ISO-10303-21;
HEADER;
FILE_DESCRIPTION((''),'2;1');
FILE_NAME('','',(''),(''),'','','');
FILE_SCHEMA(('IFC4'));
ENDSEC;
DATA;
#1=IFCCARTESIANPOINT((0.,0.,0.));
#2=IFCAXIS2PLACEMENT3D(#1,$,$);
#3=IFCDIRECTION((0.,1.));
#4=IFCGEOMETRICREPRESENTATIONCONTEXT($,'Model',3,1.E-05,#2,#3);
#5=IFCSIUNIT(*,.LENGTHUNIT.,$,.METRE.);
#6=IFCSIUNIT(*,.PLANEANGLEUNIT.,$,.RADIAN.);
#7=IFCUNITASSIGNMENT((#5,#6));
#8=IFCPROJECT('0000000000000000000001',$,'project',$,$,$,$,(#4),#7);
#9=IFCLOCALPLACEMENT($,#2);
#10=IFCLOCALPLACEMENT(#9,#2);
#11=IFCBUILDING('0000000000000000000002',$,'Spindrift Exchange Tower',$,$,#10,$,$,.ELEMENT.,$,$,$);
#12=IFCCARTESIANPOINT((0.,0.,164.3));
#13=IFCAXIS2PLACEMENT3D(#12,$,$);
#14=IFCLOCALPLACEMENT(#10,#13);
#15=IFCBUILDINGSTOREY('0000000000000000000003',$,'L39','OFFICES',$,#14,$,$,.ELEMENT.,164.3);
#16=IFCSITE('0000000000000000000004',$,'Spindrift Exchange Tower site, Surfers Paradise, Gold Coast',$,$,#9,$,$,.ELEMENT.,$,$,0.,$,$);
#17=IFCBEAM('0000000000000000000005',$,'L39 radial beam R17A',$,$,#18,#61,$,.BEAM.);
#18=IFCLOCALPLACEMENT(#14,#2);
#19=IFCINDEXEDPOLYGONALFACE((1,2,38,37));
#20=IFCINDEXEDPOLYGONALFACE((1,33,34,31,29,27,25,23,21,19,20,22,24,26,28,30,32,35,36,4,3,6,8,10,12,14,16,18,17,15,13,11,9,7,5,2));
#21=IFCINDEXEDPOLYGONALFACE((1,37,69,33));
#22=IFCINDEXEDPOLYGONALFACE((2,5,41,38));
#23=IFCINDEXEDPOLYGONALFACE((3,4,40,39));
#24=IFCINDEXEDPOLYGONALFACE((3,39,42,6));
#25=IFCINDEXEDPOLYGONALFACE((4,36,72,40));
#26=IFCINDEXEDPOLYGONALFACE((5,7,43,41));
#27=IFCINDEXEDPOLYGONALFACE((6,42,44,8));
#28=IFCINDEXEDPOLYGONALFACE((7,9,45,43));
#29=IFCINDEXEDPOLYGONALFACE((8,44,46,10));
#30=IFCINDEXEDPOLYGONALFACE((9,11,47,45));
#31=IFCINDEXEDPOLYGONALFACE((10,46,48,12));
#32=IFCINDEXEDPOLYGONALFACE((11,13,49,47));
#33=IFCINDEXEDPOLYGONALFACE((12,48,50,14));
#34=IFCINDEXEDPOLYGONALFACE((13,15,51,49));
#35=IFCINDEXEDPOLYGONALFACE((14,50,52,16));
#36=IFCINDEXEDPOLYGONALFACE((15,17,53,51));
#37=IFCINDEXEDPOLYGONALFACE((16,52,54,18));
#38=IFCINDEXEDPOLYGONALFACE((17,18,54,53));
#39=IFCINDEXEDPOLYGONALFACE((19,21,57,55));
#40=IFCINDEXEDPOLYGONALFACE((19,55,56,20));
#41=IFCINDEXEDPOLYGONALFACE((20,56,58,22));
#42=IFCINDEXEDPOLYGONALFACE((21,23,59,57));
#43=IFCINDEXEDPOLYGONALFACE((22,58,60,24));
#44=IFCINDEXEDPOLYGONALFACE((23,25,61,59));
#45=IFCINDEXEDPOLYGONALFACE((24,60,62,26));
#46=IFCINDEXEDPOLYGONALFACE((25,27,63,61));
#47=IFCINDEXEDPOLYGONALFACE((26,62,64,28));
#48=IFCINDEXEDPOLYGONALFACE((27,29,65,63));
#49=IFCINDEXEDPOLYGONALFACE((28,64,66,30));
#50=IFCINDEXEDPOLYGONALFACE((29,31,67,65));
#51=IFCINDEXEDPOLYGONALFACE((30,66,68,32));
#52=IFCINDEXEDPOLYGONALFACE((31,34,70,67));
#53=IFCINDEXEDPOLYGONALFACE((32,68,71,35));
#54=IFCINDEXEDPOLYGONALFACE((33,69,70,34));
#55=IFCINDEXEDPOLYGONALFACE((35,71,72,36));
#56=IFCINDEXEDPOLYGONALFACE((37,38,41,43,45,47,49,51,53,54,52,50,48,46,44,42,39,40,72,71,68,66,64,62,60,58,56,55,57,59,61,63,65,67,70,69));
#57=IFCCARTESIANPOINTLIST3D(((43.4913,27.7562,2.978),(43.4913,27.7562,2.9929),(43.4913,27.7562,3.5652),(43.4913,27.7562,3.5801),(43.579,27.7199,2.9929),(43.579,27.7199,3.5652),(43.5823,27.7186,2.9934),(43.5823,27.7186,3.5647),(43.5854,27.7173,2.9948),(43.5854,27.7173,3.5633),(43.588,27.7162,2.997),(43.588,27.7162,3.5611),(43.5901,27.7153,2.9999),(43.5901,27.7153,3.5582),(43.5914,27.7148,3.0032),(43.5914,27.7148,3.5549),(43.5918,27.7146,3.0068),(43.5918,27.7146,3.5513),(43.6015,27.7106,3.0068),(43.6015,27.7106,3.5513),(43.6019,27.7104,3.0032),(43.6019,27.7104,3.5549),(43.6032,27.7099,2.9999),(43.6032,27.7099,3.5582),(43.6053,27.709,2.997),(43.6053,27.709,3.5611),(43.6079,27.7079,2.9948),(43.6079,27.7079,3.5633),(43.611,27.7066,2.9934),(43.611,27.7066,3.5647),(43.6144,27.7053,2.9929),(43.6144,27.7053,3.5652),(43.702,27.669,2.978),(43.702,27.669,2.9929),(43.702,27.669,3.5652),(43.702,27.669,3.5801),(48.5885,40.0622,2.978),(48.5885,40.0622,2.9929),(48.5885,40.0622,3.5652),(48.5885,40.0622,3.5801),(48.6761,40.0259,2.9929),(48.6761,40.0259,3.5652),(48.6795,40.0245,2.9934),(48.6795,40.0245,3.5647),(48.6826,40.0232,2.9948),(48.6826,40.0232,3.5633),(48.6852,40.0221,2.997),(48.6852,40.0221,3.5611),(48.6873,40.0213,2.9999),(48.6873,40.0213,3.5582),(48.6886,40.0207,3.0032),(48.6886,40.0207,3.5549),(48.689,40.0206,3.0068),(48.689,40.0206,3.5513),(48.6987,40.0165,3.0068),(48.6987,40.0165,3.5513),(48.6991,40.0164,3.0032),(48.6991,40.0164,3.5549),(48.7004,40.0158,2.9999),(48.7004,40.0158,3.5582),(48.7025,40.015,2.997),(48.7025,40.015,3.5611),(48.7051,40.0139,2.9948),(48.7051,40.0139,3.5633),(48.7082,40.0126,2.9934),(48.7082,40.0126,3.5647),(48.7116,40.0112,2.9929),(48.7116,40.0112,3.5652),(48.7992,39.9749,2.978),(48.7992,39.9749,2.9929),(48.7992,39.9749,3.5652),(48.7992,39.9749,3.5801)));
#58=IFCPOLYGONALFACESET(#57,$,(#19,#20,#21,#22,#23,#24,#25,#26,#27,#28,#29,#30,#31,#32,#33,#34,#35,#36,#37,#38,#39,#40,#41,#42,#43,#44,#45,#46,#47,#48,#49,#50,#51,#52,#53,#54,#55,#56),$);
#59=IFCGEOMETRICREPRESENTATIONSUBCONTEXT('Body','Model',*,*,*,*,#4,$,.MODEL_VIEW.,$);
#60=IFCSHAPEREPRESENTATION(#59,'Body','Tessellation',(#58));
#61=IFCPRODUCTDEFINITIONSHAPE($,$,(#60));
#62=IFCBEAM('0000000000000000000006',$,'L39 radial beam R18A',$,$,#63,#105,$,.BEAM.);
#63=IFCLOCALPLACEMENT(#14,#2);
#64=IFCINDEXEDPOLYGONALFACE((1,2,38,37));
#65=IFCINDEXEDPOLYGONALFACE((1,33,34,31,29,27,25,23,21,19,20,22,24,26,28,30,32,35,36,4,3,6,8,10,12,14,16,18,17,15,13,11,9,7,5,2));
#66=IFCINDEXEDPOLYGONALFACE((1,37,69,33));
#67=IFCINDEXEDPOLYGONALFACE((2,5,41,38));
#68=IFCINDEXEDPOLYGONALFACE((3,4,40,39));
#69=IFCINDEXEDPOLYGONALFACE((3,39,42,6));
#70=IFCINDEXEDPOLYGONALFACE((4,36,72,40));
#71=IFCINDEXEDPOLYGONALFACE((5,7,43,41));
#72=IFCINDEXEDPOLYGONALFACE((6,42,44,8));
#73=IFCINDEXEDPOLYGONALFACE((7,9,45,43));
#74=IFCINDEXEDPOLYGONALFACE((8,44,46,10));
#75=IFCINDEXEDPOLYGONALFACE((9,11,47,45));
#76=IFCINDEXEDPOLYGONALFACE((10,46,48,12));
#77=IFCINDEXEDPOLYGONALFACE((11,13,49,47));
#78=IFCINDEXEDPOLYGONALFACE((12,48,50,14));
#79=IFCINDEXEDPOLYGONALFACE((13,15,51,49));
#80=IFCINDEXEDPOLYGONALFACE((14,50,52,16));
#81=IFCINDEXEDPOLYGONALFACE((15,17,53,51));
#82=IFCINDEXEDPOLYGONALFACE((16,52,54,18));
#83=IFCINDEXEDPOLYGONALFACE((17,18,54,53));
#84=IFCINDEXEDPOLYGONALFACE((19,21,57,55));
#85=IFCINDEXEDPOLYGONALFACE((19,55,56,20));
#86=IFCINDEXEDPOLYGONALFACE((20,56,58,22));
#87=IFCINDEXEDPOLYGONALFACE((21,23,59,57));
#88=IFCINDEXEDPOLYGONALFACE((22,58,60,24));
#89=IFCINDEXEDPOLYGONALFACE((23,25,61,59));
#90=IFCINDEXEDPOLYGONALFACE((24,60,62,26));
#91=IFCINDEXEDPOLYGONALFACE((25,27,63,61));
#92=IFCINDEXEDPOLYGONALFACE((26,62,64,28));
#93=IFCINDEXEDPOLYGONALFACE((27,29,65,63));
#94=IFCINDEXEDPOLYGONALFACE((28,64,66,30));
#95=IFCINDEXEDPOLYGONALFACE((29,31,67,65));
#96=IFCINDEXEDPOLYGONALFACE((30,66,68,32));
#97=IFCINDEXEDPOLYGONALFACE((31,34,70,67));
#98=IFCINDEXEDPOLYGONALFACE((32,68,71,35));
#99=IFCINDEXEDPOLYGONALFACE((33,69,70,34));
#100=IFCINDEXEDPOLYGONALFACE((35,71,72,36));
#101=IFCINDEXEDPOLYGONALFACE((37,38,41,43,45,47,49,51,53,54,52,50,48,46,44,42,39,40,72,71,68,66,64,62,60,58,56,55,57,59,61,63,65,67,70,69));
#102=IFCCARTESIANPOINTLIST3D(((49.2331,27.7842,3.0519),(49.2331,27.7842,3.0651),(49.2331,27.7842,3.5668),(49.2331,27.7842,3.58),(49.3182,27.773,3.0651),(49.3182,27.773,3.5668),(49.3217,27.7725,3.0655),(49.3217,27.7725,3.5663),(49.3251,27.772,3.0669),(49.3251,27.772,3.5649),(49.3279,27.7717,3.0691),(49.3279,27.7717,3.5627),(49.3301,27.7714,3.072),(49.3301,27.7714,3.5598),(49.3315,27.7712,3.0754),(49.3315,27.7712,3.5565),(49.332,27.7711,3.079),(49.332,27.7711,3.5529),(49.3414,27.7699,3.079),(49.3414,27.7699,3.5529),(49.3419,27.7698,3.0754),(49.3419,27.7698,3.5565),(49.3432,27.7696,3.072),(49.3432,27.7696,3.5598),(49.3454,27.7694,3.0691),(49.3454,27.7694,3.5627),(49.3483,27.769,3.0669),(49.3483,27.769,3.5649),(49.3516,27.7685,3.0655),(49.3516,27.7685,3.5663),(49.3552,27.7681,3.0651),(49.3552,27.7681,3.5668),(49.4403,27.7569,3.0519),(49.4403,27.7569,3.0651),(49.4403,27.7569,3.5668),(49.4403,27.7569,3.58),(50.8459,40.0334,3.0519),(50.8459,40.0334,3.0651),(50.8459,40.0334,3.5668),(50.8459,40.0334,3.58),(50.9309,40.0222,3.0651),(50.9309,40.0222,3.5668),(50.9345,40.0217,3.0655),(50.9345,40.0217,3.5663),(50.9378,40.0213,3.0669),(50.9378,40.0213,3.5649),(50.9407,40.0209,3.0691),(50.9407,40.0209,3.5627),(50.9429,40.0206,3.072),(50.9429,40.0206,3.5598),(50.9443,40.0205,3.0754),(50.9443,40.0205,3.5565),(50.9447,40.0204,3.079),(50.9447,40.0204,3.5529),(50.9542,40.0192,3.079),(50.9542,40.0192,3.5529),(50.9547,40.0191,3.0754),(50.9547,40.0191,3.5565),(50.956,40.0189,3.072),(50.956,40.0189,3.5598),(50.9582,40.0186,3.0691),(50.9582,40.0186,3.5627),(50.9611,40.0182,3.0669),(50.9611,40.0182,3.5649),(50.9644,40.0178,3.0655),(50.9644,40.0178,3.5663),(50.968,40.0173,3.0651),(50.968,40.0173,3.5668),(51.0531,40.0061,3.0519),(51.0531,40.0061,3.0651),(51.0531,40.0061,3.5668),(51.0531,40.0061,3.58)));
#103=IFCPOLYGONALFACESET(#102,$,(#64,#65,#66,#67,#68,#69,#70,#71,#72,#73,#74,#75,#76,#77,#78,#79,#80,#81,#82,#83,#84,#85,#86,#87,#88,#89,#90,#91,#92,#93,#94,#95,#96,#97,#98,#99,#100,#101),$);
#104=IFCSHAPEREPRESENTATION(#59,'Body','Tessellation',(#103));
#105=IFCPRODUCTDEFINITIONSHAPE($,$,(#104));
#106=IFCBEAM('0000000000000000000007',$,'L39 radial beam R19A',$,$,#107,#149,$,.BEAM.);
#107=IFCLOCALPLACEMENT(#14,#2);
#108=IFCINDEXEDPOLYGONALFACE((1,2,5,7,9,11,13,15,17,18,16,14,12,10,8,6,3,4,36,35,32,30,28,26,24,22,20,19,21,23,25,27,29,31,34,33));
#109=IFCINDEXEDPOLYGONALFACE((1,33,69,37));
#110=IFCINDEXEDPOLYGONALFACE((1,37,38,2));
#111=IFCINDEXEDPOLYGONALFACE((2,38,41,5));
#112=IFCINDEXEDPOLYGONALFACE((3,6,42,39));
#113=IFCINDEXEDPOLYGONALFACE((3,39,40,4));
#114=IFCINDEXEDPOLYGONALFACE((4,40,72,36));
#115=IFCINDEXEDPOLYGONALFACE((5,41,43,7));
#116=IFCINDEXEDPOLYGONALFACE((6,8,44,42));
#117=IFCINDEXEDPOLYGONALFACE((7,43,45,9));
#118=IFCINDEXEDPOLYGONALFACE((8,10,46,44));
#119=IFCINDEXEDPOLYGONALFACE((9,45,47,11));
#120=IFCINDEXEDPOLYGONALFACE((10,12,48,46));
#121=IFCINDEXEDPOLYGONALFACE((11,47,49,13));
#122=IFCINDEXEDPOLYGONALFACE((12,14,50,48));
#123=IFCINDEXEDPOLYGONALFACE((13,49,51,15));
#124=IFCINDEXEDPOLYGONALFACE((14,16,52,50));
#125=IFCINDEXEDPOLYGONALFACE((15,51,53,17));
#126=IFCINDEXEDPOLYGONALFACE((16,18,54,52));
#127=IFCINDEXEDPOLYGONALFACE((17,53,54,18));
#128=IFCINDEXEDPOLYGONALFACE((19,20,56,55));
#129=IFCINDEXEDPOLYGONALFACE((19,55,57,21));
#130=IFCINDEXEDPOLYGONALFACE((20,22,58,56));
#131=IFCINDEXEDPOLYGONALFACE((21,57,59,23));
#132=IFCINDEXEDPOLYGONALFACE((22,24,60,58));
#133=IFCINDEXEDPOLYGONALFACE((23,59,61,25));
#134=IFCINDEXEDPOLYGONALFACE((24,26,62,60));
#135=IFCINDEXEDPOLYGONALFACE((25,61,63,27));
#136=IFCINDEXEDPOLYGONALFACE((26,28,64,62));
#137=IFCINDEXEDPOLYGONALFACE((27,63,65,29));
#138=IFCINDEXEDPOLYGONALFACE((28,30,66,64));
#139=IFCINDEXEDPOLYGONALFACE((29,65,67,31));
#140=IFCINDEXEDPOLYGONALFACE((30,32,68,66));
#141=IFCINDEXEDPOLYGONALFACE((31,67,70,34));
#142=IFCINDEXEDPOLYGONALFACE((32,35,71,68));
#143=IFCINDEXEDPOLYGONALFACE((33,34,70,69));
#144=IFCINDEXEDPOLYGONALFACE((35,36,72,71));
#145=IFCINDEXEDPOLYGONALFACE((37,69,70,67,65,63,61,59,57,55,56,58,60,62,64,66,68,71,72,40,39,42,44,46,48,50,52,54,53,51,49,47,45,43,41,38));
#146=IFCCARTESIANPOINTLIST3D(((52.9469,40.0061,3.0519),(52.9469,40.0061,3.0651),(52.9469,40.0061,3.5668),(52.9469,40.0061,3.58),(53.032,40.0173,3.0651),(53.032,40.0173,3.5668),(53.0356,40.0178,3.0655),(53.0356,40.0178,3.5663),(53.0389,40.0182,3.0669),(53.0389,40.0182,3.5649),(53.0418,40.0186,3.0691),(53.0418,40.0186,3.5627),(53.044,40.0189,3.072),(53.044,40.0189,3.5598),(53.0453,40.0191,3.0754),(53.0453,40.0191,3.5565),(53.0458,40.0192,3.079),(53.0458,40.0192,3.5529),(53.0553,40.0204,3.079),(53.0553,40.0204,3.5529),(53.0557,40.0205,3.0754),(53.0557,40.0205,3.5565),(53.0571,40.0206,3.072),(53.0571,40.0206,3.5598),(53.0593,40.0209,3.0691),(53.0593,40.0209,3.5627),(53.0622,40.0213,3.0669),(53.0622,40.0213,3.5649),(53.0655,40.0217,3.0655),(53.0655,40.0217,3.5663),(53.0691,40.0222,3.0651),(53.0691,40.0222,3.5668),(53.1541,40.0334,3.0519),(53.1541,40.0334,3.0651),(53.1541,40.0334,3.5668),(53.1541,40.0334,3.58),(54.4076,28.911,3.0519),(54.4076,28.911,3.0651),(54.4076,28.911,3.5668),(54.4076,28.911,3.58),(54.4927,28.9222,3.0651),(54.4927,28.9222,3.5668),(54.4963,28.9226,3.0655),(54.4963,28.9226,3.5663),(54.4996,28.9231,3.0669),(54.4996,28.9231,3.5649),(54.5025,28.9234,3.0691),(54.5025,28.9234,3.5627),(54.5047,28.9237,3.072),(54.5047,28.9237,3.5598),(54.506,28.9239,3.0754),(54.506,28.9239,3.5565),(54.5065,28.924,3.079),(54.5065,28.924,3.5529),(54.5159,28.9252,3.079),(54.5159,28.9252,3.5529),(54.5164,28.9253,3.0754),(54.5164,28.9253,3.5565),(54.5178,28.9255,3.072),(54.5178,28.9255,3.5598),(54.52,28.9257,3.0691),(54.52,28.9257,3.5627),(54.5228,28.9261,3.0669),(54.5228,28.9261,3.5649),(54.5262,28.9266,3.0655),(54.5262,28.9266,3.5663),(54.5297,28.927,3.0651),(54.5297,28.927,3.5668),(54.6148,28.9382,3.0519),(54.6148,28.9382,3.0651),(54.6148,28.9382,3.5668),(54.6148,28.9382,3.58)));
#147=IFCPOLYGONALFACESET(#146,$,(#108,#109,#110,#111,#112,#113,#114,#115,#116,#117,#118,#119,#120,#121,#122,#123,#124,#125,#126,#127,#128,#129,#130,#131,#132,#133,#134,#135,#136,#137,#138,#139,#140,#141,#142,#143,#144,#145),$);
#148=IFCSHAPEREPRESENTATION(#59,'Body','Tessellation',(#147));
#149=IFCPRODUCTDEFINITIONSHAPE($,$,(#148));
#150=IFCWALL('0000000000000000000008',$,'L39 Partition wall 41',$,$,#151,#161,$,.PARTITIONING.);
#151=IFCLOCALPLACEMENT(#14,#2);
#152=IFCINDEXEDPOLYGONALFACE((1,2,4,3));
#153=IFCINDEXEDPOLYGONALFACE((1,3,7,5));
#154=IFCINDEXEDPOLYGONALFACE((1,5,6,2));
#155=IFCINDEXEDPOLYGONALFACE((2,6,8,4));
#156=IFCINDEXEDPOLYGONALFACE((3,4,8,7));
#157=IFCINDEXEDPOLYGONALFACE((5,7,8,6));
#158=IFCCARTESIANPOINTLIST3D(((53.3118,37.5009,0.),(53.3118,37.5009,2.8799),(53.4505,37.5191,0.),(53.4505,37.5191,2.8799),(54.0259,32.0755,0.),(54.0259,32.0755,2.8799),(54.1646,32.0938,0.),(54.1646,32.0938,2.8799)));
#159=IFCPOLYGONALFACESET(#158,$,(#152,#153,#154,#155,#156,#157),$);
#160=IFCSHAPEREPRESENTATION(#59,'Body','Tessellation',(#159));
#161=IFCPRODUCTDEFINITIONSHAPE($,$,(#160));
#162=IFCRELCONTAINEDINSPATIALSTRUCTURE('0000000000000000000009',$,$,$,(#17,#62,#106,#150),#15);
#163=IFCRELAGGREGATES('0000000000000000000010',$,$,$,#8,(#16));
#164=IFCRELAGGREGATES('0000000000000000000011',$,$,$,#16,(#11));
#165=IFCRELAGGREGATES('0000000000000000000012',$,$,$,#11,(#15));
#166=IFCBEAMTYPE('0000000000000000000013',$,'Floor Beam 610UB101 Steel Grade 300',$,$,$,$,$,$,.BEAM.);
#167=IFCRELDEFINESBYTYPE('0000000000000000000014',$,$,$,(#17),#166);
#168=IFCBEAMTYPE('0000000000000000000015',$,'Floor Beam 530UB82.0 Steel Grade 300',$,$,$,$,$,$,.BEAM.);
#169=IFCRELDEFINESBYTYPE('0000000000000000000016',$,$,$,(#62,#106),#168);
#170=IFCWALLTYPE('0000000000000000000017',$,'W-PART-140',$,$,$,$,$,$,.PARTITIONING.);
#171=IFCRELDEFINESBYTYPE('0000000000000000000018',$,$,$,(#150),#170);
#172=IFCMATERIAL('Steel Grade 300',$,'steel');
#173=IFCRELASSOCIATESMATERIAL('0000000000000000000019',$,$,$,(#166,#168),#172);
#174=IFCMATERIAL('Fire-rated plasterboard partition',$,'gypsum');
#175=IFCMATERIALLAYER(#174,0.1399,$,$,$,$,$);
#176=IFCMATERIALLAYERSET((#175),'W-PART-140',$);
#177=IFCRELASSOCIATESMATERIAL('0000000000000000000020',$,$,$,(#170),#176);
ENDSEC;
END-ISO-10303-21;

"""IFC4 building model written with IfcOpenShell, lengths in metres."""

from ifc_helpers import new_model, si_unit, direction, frame, frame_2d, origin, origin_2d, place, context, subcontext, project, spatial, rectangle, i_section, extrude, source, transform, mapped, material, layer, layer_set, material_profile, profile_set, type_object, element, save


model = new_model("IFC4")

# Units and contexts
model_context = context("Model", 3, precision=1e-05, world=origin(), true_north=direction((0.0, 1.0)))
body_context = subcontext(model_context, "Body", "Model", "MODEL_VIEW")
ifc_project = project(units=[si_unit("LENGTHUNIT", "METRE"), si_unit("PLANEANGLEUNIT", "RADIAN")], contexts=[model_context])

# Site, building, storey
site_placement = place(None, origin())
site = spatial("IfcSite", under=ifc_project, at=site_placement, Name="Spindrift Exchange Tower site, Surfers Paradise, Gold Coast", CompositionType="ELEMENT", RefElevation=0.0)
building_placement = place(site_placement, origin())
building = spatial("IfcBuilding", under=site, at=building_placement, Name="Spindrift Exchange Tower", CompositionType="ELEMENT")
storey_placement = place(building_placement, frame((0.0, 0.0, 164.3)))
storey = spatial("IfcBuildingStorey", under=building, at=storey_placement, Name="L39", Description="OFFICES", CompositionType="ELEMENT", Elevation=164.3)

# Beams
ifc_material_1 = material(Name="Steel Grade 300", Category="steel")
ifc_material_profile_1 = material_profile(ifc_material_1, i_section(OverallWidth=0.228, OverallDepth=0.6021, WebThickness=0.0105, FlangeThickness=0.0149, FilletRadius=0.0139, at=origin_2d()), Name="610UB101")
ifc_profile_set_1 = profile_set([ifc_material_profile_1], Name="Steel Grade 300")
beam_type_1 = type_object("IfcBeamType", Name="Floor Beam 610UB101 Steel Grade 300", PredefinedType="BEAM", material=ifc_profile_set_1)
shared_shape_1 = source(origin(), body_context, "Body", "SweptSolid", [
    extrude(i_section(OverallWidth=0.228, OverallDepth=0.6021, WebThickness=0.0105, FlangeThickness=0.0149, FilletRadius=0.0139, at=origin_2d()), origin(), (0.0, 0.0, 1.0), 13.3198),
])
beam_1_placement = place(storey_placement, frame((48.6938, 40.0186, 3.2791), z_axis=(-0.382677, -0.923882, 0.0), x_axis=(0.923882, -0.382677, 0.0)))
element("IfcBeam", 1, at=beam_1_placement, inside=storey, type_object=beam_type_1, Name="L39 radial beam R17A", PredefinedType="BEAM", context=body_context, shape_type="MappedRepresentation", body=[
    mapped(shared_shape_1, transform((0.0, 0.0, 0.0), scale=1.0)),
])
ifc_material_profile_2 = material_profile(ifc_material_1, i_section(OverallWidth=0.209, OverallDepth=0.5281, WebThickness=0.0095, FlangeThickness=0.0132, FilletRadius=0.0139, at=origin_2d()), Name="530UB82.0")
ifc_profile_set_2 = profile_set([ifc_material_profile_2], Name="Steel Grade 300")
beam_type_2 = type_object("IfcBeamType", Name="Floor Beam 530UB82.0 Steel Grade 300", PredefinedType="BEAM", material=ifc_profile_set_2)
shared_shape_2 = source(origin(), body_context, "Body", "SweptSolid", [
    extrude(i_section(OverallWidth=0.209, OverallDepth=0.5281, WebThickness=0.0095, FlangeThickness=0.0132, FilletRadius=0.0139, at=origin_2d()), origin(), (0.0, 0.0, 1.0), 12.355),
])
beam_2_placement = place(storey_placement, frame((50.9495, 40.0198, 3.3159), z_axis=(-0.130538, -0.991443, 0.0), x_axis=(0.991443, -0.130538, 0.0)))
element("IfcBeam", 2, at=beam_2_placement, inside=storey, type_object=beam_type_2, Name="L39 radial beam R18A", PredefinedType="BEAM", context=body_context, shape_type="MappedRepresentation", body=[
    mapped(shared_shape_2, transform((0.0, 0.0, 0.0), scale=1.0)),
])
shared_shape_3 = source(origin(), body_context, "Body", "SweptSolid", [
    extrude(i_section(OverallWidth=0.209, OverallDepth=0.5281, WebThickness=0.0095, FlangeThickness=0.0132, FilletRadius=0.0139, at=origin_2d()), origin(), (0.0, 0.0, 1.0), 11.1909),
])
beam_3_placement = place(storey_placement, frame((53.0505, 40.0198, 3.3159), z_axis=(0.130524, -0.991445, 0.0), x_axis=(0.991445, 0.130524, 0.0)))
element("IfcBeam", 3, at=beam_3_placement, inside=storey, type_object=beam_type_2, Name="L39 radial beam R19A", PredefinedType="BEAM", context=body_context, shape_type="MappedRepresentation", body=[
    mapped(shared_shape_3, transform((0.0, 0.0, 0.0), scale=1.0)),
])

# Wall
ifc_material_2 = material(Name="Fire-rated plasterboard partition", Category="gypsum")
ifc_layer_1 = layer(ifc_material_2, 0.1399)
ifc_layer_set_1 = layer_set([ifc_layer_1], Name="W-PART-140")
wall_type_1 = type_object("IfcWallType", Name="W-PART-140", PredefinedType="PARTITIONING", material=ifc_layer_set_1)
wall_1_placement = place(storey_placement, frame((53.3811, 37.51, 0.0), z_axis=(0.0, 0.0, 1.0), x_axis=(0.130501, -0.991448, 0.0)))
element("IfcWall", 4, at=wall_1_placement, inside=storey, type_object=wall_type_1, Name="L39 Partition wall 41", PredefinedType="PARTITIONING", context=body_context, shape_type="SweptSolid", body=[
    extrude(rectangle(XDim=5.4722, YDim=0.1399, at=frame_2d((2.7361, 0.0))), origin(), (0.0, 0.0, 1.0), 2.8799),
])

save(model, "model.ifc")
